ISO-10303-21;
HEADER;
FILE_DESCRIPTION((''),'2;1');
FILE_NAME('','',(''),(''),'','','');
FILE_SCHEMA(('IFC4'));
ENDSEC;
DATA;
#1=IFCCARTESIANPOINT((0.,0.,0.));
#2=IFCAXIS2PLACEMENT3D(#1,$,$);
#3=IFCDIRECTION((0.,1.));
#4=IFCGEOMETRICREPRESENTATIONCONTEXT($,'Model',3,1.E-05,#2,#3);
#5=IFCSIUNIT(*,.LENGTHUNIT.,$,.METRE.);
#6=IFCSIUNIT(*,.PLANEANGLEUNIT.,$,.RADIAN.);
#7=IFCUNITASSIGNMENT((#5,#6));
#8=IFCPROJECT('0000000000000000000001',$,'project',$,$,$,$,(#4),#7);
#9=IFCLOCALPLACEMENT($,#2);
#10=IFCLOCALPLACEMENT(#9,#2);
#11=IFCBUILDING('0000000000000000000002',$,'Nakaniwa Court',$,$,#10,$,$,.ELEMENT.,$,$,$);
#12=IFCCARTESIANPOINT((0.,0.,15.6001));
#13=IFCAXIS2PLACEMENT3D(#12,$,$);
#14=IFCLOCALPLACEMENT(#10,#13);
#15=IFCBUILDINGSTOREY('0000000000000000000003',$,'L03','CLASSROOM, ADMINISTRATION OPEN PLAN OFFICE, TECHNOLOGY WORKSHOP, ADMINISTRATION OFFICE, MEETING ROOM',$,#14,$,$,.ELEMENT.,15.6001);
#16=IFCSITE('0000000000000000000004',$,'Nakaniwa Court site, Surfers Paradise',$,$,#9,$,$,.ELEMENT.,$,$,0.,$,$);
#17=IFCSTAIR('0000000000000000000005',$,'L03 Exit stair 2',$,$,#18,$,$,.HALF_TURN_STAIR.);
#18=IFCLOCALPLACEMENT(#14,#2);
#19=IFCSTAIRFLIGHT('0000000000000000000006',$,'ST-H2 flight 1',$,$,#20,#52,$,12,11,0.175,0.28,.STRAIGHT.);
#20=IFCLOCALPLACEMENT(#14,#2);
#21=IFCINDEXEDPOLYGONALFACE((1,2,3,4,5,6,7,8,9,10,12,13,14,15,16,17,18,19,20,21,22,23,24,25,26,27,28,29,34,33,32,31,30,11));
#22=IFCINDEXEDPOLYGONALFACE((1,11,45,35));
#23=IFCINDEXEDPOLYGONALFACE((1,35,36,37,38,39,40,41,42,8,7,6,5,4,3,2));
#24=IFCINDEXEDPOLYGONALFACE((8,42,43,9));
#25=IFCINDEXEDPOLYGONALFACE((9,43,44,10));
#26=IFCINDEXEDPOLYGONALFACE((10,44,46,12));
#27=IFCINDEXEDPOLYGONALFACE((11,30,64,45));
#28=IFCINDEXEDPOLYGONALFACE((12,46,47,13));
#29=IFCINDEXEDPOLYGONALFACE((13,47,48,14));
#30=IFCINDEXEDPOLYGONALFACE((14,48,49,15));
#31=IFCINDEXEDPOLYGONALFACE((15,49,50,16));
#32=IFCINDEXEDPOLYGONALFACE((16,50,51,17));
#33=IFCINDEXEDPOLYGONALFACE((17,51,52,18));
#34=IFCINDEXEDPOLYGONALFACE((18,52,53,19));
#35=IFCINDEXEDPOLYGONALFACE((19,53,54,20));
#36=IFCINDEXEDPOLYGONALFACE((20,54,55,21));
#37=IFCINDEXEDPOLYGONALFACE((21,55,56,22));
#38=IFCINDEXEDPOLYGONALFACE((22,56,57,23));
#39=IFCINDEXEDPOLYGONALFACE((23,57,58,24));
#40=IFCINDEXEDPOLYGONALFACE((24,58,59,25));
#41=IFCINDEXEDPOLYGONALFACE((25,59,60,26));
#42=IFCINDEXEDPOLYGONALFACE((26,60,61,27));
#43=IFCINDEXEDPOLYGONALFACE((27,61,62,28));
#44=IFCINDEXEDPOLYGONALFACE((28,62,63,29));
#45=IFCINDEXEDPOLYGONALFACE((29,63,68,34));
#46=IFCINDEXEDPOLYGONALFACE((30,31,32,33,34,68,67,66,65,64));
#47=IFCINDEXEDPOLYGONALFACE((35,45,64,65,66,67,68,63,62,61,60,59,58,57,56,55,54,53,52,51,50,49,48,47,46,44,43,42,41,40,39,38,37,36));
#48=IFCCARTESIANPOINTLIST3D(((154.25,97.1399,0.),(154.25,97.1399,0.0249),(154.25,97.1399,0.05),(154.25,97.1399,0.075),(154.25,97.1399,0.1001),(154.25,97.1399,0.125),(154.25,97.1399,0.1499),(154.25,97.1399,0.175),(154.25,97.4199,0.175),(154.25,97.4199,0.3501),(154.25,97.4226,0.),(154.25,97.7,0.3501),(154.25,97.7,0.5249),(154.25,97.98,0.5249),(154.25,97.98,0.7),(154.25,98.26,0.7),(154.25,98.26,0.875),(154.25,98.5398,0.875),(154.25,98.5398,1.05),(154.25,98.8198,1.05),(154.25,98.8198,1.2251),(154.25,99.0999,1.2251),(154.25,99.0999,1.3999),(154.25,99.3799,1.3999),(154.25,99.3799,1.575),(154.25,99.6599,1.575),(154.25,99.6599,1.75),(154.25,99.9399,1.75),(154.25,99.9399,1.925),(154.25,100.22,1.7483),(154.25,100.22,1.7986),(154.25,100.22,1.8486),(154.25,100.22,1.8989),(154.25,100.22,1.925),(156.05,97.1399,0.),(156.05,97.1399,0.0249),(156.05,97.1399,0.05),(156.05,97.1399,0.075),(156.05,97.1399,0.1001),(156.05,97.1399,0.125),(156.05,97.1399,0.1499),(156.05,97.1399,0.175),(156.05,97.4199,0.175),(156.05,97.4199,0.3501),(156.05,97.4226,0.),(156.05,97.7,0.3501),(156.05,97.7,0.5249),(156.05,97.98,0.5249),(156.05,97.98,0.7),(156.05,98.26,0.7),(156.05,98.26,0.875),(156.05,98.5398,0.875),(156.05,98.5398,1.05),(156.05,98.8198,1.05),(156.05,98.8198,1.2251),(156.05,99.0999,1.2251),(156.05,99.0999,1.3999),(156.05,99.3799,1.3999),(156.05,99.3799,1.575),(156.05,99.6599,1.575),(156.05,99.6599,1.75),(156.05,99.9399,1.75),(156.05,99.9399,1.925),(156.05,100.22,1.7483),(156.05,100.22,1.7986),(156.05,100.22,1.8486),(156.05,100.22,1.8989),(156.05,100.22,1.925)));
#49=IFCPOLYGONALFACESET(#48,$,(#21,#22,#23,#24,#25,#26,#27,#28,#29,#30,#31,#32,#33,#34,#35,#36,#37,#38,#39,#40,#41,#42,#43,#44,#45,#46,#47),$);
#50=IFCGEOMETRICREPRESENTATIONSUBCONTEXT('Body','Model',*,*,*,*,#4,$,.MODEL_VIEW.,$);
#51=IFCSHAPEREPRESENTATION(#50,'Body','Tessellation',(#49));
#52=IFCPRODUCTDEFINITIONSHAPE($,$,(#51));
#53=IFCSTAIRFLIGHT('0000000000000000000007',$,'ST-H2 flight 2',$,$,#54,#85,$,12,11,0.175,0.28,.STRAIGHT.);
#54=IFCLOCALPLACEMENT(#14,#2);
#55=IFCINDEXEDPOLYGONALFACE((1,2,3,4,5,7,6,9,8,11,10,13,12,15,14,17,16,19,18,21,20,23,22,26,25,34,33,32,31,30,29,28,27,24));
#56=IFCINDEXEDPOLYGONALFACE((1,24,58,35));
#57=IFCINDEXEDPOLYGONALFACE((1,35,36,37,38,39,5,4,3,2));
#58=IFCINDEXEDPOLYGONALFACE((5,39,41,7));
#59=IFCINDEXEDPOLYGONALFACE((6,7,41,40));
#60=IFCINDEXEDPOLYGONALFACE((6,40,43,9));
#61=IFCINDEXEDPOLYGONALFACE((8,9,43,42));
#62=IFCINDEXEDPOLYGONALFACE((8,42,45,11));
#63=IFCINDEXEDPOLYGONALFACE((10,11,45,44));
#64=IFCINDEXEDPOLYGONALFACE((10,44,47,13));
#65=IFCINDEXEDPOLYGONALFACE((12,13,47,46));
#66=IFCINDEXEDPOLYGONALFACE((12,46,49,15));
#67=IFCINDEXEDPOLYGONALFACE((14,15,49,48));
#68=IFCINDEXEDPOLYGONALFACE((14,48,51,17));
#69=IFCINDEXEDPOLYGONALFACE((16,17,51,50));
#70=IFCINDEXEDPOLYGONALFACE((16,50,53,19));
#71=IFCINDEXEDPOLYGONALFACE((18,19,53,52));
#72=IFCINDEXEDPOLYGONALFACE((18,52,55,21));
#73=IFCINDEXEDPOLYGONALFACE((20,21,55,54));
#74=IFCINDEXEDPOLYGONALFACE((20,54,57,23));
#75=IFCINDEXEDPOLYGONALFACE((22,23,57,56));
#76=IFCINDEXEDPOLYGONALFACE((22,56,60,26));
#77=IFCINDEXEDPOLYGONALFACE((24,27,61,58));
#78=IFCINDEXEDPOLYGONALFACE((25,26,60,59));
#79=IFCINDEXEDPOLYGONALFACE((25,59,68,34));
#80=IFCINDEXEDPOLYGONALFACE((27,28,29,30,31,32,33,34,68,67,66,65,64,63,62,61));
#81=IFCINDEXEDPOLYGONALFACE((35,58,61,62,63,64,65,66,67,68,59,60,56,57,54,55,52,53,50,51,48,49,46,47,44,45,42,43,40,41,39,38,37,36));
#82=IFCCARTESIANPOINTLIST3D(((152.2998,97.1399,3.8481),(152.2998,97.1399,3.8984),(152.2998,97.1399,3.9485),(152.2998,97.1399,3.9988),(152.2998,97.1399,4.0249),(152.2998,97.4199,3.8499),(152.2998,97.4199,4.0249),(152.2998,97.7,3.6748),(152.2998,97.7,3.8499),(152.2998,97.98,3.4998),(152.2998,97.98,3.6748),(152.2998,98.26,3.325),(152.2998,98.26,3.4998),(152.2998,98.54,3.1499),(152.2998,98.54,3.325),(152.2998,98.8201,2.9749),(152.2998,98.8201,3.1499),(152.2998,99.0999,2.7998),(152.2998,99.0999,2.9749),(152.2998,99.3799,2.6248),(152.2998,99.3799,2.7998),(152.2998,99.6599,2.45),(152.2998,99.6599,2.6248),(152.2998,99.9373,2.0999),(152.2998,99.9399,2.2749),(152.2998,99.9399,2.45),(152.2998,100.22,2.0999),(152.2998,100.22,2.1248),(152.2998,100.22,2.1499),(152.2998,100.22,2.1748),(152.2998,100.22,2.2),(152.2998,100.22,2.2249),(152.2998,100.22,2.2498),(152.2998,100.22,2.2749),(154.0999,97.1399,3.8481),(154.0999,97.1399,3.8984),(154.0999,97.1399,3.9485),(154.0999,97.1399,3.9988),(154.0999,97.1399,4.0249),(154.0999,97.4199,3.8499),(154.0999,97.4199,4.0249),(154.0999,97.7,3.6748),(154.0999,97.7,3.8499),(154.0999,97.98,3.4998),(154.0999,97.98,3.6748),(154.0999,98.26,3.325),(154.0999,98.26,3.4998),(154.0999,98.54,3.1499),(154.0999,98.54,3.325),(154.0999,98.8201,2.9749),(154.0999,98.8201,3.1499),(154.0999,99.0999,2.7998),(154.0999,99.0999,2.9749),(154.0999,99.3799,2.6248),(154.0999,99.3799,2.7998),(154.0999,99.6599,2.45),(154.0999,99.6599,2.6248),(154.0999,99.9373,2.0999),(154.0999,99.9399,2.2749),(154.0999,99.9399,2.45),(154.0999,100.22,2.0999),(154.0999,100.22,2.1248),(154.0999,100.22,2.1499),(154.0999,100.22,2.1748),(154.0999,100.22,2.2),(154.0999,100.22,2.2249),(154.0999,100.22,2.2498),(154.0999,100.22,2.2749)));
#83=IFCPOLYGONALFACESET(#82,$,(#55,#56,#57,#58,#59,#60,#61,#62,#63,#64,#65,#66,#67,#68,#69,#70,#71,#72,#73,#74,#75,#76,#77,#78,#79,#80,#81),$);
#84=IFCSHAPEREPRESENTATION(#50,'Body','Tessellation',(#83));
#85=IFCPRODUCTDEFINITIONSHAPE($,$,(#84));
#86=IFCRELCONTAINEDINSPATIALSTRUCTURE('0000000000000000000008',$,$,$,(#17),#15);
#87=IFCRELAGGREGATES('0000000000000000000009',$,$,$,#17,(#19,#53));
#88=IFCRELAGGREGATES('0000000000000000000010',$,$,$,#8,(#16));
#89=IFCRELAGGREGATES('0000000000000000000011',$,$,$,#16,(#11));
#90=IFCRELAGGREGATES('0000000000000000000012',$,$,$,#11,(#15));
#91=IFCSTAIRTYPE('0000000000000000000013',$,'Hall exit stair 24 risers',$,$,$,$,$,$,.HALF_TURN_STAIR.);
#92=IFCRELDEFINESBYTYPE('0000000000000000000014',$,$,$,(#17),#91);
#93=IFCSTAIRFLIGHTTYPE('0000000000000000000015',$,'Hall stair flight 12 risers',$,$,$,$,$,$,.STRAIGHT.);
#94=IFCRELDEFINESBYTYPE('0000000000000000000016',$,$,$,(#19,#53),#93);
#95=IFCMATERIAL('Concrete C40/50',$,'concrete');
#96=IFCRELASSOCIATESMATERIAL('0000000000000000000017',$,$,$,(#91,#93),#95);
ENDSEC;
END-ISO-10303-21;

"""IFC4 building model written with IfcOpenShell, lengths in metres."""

from ifc_helpers import new_model, si_unit, direction, frame, origin, place, context, subcontext, project, spatial, polyline, outline, extrude, material, type_object, element, aggregate, save


model = new_model("IFC4")

# Units and contexts
model_context = context("Model", 3, precision=1e-05, world=origin(), true_north=direction((0.0, 1.0)))
body_context = subcontext(model_context, "Body", "Model", "MODEL_VIEW")
ifc_project = project(units=[si_unit("LENGTHUNIT", "METRE"), si_unit("PLANEANGLEUNIT", "RADIAN")], contexts=[model_context])

# Site, building, storey
site_placement = place(None, origin())
site = spatial("IfcSite", under=ifc_project, at=site_placement, Name="Nakaniwa Court site, Surfers Paradise", CompositionType="ELEMENT", RefElevation=0.0)
building_placement = place(site_placement, origin())
building = spatial("IfcBuilding", under=site, at=building_placement, Name="Nakaniwa Court", CompositionType="ELEMENT")
storey_placement = place(building_placement, frame((0.0, 0.0, 15.6001)))
storey = spatial("IfcBuildingStorey", under=building, at=storey_placement, Name="L03", Description="CLASSROOM, ADMINISTRATION OPEN PLAN OFFICE, TECHNOLOGY WORKSHOP, ADMINISTRATION OFFICE, MEETING ROOM", CompositionType="ELEMENT", Elevation=15.6001)

# Shared definitions
ifc_material_1 = material(Name="Concrete C40/50", Category="concrete")

# Stair, stair flights
stair_type = type_object("IfcStairType", Name="Hall exit stair 24 risers", PredefinedType="HALF_TURN_STAIR", material=ifc_material_1)
stair_placement = place(storey_placement, origin())
stair = element("IfcStair", 1, at=stair_placement, inside=storey, type_object=stair_type, Name="L03 Exit stair 2", PredefinedType="HALF_TURN_STAIR")
stair_flight_type = type_object("IfcStairFlightType", Name="Hall stair flight 12 risers", PredefinedType="STRAIGHT", material=ifc_material_1)
stair_flight_1_placement = place(storey_placement, frame((155.1499, 97.1399, 0.0), z_axis=(0.0, 0.0, 1.0), x_axis=(0.0, 1.0, 0.0)))
stair_flight_1 = element("IfcStairFlight", 2, at=stair_flight_1_placement, type_object=stair_flight_type, Name="ST-H2 flight 1", NumberOfRisers=12, NumberOfTreads=11, PredefinedType="STRAIGHT", RiserHeight=0.175, TreadLength=0.28, context=body_context, shape_type="SweptSolid", body=[
    extrude(outline(polyline([(0.0, 0.0), (0.0, 0.0249), (0.0, 0.05), (0.0, 0.075), (0.0, 0.1001), (0.0, 0.125), (0.0, 0.1499), (0.0, 0.175), (0.28, 0.175), (0.28, 0.3501), (0.5601, 0.3501), (0.5601, 0.5249), (0.8401, 0.5249), (0.8401, 0.7), (1.1201, 0.7), (1.1201, 0.875), (1.3999, 0.875), (1.3999, 1.05), (1.6799, 1.05), (1.6799, 1.2251), (1.96, 1.2251), (1.96, 1.3999), (2.24, 1.3999), (2.24, 1.575), (2.52, 1.575), (2.52, 1.75), (2.8, 1.75), (2.8, 1.925), (3.0801, 1.925), (3.0801, 2.1001), (3.0801, 2.0498), (3.0801, 1.9995), (3.0801, 1.9492), (3.0801, 1.8989), (3.0801, 1.8486), (3.0801, 1.7986), (3.0801, 1.7483), (0.2827, 0.0), (0.0, 0.0)])), frame((0.0, 0.8999, 0.0), z_axis=(0.0, -1.0, 0.0), x_axis=(1.0, 0.0, 0.0)), (0.0, 0.0, 1.0), 1.8),
])
stair_flight_2_placement = place(storey_placement, frame((153.2, 100.22, 2.0999), z_axis=(0.0, 0.0, 1.0), x_axis=(0.0, -1.0, 0.0)))
stair_flight_2 = element("IfcStairFlight", 3, at=stair_flight_2_placement, type_object=stair_flight_type, Name="ST-H2 flight 2", NumberOfRisers=12, NumberOfTreads=11, PredefinedType="STRAIGHT", RiserHeight=0.175, TreadLength=0.28, context=body_context, shape_type="SweptSolid", body=[
    extrude(outline(polyline([(0.0, 0.0), (0.0, 0.0249), (0.0, 0.05), (0.0, 0.075), (0.0, 0.1001), (0.0, 0.125), (0.0, 0.1499), (0.0, 0.175), (0.28, 0.175), (0.28, 0.3501), (0.5601, 0.3501), (0.5601, 0.5249), (0.8401, 0.5249), (0.8401, 0.7), (1.1201, 0.7), (1.1201, 0.875), (1.3999, 0.875), (1.3999, 1.05), (1.6799, 1.05), (1.6799, 1.2251), (1.96, 1.2251), (1.96, 1.3999), (2.24, 1.3999), (2.24, 1.575), (2.52, 1.575), (2.52, 1.75), (2.8, 1.75), (2.8, 1.925), (3.0801, 1.925), (3.0801, 2.1001), (3.0801, 2.0498), (3.0801, 1.9995), (3.0801, 1.9492), (3.0801, 1.8989), (3.0801, 1.8486), (3.0801, 1.7986), (3.0801, 1.7483), (0.2827, 0.0), (0.0, 0.0)])), frame((0.0, 0.8999, 0.0), z_axis=(0.0, -1.0, 0.0), x_axis=(1.0, 0.0, 0.0)), (0.0, 0.0, 1.0), 1.8),
])
aggregate(stair, [stair_flight_1, stair_flight_2])

save(model, "model.ifc")
